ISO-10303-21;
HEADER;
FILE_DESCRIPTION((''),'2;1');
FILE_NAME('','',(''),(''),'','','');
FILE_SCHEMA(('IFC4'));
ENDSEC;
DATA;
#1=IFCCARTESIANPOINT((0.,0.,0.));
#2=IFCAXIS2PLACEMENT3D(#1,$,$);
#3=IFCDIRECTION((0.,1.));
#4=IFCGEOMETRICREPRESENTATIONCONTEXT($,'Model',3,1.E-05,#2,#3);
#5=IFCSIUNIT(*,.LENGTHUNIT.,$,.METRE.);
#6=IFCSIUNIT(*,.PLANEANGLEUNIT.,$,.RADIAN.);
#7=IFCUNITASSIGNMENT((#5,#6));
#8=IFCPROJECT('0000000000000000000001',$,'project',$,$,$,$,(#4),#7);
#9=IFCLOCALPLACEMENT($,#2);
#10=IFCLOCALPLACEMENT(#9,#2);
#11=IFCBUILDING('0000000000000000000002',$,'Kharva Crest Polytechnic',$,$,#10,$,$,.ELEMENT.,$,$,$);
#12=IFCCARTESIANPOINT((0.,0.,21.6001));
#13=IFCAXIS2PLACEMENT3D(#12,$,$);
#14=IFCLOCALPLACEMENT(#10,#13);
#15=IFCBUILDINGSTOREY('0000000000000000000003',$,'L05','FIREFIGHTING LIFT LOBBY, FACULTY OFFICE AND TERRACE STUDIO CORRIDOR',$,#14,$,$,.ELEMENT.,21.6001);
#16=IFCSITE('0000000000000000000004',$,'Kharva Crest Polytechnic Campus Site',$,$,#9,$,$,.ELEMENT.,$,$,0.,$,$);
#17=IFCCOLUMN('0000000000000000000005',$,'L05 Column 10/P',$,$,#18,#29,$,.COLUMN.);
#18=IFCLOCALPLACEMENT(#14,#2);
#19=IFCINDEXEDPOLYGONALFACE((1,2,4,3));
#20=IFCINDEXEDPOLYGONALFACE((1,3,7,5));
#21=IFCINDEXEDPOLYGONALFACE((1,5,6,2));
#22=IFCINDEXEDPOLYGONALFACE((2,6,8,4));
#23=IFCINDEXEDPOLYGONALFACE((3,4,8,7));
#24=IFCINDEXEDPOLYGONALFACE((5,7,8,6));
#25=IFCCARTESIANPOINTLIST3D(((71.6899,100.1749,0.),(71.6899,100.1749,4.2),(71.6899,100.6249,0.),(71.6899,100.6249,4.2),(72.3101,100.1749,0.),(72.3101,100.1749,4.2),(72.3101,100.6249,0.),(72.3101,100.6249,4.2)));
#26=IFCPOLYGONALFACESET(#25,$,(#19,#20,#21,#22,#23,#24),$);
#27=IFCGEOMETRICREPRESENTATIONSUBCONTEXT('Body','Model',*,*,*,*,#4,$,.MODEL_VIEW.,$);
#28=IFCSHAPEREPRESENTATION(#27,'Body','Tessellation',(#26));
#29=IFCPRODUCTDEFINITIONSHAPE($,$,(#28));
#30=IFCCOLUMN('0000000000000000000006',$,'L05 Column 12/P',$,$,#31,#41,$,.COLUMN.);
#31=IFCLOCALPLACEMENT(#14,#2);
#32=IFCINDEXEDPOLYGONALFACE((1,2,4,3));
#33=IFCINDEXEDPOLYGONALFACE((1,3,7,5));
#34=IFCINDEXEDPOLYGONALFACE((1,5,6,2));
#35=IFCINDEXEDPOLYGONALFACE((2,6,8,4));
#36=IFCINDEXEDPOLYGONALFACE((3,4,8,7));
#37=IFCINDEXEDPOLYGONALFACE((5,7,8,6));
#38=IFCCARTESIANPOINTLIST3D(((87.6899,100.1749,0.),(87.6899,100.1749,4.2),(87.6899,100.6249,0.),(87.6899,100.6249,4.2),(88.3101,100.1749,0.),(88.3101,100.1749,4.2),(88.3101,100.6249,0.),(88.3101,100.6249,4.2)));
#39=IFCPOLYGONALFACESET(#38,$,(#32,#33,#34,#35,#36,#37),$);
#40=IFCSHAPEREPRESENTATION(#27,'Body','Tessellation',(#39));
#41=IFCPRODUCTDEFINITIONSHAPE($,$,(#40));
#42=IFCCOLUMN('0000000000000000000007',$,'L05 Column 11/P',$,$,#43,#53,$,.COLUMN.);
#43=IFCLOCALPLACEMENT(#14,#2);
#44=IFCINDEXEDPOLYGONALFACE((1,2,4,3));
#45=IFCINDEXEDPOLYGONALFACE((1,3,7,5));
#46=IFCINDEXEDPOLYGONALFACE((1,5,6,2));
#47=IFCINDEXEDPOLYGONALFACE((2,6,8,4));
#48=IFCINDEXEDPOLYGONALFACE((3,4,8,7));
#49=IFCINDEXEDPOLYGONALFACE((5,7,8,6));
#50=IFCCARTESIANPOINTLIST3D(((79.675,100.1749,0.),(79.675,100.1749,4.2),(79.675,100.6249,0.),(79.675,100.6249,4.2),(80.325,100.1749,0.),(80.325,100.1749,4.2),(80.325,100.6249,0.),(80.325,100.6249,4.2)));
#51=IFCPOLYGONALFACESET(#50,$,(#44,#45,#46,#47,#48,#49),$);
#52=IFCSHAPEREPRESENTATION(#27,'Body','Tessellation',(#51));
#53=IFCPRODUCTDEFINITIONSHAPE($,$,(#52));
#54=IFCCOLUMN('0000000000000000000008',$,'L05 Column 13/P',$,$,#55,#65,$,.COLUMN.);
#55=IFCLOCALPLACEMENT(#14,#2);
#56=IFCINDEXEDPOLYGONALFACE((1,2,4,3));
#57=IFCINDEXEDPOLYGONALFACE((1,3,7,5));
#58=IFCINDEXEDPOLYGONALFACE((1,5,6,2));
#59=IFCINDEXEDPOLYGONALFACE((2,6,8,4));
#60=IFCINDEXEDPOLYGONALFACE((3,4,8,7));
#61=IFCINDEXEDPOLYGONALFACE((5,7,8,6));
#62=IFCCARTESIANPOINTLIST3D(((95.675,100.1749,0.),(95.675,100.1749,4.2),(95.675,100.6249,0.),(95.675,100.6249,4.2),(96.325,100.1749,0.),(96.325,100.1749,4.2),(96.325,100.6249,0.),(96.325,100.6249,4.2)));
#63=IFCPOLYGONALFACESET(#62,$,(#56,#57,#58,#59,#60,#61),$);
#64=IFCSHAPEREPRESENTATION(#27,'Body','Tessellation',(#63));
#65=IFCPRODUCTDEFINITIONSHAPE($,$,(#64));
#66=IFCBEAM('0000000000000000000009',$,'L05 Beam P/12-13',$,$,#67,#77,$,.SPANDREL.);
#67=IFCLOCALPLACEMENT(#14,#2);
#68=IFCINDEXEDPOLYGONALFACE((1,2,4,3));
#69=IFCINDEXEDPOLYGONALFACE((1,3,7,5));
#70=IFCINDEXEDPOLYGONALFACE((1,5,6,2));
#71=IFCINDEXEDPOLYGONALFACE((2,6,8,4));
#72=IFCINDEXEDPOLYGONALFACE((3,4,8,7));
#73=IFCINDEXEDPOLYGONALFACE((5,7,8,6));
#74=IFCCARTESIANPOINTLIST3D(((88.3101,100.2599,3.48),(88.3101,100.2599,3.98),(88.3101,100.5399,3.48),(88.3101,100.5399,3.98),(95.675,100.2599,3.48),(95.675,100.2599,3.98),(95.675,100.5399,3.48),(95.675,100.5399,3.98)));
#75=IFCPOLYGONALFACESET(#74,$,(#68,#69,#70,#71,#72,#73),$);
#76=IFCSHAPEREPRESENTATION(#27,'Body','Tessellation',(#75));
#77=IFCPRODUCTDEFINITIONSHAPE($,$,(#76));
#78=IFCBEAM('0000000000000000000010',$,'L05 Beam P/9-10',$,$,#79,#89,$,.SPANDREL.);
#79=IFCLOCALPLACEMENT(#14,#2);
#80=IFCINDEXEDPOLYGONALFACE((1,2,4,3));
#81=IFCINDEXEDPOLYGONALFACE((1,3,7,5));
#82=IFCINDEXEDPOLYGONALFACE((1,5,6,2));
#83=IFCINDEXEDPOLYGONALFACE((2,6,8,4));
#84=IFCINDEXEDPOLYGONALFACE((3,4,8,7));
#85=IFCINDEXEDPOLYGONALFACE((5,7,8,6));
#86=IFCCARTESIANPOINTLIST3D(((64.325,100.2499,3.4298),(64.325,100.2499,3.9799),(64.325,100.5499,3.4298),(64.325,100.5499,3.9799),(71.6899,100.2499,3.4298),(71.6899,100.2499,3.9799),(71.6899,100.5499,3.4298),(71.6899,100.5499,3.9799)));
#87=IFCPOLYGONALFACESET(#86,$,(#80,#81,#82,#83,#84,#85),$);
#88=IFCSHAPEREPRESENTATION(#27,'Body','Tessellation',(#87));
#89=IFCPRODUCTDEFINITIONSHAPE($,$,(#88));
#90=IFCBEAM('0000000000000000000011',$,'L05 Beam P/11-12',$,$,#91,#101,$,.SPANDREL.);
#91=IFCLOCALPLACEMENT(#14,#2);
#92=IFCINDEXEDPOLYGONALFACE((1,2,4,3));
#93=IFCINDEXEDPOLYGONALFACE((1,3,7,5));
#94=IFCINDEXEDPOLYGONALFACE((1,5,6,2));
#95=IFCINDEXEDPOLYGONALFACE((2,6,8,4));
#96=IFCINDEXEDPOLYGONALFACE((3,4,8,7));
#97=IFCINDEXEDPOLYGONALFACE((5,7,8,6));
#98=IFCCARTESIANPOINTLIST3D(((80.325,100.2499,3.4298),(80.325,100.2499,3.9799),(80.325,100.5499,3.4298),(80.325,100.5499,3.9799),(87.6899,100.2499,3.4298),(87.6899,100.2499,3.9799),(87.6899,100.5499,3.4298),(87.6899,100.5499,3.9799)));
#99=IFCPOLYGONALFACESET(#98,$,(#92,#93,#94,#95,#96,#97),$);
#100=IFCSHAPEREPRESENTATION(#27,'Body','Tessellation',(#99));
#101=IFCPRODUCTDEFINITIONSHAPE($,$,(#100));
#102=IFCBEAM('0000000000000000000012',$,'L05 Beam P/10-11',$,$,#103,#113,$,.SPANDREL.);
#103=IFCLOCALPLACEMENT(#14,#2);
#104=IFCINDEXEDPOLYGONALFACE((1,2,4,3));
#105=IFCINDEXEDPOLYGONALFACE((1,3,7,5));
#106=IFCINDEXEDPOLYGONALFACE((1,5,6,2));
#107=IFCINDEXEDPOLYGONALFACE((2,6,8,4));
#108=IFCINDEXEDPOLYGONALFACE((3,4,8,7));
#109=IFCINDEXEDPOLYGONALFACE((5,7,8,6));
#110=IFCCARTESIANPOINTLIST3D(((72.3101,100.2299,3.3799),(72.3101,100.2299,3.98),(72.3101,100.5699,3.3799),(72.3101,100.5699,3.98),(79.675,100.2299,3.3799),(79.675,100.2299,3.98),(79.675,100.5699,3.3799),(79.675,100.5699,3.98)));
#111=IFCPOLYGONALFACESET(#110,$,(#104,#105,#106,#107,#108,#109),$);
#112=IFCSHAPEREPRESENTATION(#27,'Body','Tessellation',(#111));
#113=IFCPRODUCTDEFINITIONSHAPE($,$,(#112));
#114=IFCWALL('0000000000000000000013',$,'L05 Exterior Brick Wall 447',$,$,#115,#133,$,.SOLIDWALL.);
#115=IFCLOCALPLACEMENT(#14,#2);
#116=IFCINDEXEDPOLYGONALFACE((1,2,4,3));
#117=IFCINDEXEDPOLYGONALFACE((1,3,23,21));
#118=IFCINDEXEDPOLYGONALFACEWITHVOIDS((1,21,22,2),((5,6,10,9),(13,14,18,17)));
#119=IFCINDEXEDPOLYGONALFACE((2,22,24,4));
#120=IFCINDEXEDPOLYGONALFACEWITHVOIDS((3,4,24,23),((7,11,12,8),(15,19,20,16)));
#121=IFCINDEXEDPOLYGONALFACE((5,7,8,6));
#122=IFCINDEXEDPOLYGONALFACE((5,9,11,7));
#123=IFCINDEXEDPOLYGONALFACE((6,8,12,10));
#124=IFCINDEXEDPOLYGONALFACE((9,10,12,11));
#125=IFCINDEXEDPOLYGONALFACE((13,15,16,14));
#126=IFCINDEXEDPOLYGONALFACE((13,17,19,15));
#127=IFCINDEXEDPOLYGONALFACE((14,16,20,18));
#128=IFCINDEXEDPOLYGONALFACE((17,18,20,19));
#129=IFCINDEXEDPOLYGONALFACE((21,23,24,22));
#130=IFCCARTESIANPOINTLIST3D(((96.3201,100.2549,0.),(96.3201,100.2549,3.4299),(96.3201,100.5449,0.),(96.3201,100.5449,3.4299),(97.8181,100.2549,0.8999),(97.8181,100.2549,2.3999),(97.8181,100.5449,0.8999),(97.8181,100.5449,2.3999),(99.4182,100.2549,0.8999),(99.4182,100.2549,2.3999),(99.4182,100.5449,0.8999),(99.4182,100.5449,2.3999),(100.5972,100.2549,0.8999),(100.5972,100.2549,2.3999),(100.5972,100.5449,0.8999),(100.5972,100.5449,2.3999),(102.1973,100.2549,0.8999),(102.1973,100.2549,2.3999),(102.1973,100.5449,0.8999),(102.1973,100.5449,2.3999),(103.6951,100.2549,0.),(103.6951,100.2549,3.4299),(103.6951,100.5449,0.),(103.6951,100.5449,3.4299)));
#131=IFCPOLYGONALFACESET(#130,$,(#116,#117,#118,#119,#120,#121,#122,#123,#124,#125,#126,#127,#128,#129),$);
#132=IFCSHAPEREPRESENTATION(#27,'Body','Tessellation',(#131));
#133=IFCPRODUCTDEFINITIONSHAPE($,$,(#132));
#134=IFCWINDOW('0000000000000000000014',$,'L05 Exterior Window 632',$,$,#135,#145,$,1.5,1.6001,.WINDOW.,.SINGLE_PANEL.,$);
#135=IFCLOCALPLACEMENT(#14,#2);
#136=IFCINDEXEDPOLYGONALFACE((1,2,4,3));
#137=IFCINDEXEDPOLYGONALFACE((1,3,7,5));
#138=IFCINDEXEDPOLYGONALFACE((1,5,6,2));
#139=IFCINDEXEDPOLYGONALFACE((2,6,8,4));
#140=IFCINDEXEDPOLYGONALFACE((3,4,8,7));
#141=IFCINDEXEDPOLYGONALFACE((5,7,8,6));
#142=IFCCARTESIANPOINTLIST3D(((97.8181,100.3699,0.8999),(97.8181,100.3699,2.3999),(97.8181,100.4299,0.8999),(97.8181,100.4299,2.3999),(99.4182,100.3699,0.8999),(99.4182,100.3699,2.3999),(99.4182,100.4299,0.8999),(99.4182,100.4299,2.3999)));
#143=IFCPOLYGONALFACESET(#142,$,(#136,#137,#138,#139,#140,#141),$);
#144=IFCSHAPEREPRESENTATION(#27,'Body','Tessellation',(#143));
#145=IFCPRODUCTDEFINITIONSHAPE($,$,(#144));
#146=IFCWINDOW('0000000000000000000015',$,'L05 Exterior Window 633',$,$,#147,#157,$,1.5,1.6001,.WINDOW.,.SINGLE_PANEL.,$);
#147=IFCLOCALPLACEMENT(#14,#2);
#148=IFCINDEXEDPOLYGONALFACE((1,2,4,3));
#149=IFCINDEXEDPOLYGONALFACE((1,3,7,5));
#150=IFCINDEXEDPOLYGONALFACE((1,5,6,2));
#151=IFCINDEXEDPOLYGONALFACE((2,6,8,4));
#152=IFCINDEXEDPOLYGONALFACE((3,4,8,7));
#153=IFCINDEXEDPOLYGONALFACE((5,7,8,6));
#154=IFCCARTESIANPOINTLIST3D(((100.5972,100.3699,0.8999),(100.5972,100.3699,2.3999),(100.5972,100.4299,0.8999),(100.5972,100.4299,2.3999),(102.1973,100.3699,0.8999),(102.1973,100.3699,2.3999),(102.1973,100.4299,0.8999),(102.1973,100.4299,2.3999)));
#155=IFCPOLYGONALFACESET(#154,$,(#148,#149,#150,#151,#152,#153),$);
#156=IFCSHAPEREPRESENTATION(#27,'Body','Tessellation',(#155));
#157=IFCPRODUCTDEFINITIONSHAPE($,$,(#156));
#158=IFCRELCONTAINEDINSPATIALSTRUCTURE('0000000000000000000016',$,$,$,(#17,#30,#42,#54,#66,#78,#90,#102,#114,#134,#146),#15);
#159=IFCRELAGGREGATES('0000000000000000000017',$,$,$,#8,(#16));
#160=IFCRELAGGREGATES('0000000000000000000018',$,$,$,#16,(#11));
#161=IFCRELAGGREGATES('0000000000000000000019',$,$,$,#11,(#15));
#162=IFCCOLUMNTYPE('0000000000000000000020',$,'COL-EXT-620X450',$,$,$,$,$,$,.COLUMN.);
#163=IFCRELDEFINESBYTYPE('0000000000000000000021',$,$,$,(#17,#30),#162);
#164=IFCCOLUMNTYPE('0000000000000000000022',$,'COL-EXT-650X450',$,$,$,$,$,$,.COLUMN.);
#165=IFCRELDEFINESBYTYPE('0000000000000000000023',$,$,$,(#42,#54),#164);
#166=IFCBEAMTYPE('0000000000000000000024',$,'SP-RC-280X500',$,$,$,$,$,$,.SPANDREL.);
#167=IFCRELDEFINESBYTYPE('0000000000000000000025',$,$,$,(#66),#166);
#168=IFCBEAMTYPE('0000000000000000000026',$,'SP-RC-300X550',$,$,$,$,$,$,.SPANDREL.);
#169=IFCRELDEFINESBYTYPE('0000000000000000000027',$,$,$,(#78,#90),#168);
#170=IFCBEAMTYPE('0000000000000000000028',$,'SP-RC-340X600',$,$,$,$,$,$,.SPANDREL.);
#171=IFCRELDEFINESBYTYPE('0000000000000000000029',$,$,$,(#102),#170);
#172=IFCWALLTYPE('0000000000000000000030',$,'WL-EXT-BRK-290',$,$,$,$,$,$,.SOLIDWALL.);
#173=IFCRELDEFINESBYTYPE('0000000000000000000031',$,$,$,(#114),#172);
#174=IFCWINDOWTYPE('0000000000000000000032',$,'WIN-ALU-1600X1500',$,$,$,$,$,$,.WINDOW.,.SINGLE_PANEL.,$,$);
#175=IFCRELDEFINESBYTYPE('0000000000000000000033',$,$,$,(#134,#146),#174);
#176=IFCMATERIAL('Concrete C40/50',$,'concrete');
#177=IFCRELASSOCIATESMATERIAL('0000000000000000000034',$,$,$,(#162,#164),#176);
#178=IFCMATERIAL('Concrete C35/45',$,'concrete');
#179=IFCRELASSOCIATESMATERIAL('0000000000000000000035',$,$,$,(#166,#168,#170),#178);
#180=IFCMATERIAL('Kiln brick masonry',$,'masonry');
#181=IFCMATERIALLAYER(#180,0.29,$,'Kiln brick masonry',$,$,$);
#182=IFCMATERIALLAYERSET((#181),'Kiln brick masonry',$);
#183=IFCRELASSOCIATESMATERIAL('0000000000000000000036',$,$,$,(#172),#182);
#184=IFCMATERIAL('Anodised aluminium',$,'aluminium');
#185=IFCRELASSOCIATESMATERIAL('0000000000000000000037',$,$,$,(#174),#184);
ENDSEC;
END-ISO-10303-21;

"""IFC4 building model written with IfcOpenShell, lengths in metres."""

from ifc_helpers import new_model, si_unit, direction, frame, frame_2d, origin, origin_2d, place, context, subcontext, project, spatial, rectangle, extrude, material, layer, layer_set, material_profile, profile_set, type_object, element, fill, save


model = new_model("IFC4")

# Units and contexts
model_context = context("Model", 3, precision=1e-05, world=origin(), true_north=direction((0.0, 1.0)))
body_context = subcontext(model_context, "Body", "Model", "MODEL_VIEW")
ifc_project = project(units=[si_unit("LENGTHUNIT", "METRE"), si_unit("PLANEANGLEUNIT", "RADIAN")], contexts=[model_context])

# Site, building, storey
site_placement = place(None, origin())
site = spatial("IfcSite", under=ifc_project, at=site_placement, Name="Kharva Crest Polytechnic Campus Site", CompositionType="ELEMENT", RefElevation=0.0)
building_placement = place(site_placement, origin())
building = spatial("IfcBuilding", under=site, at=building_placement, Name="Kharva Crest Polytechnic", CompositionType="ELEMENT")
storey_placement = place(building_placement, frame((0.0, 0.0, 21.6001)))
storey = spatial("IfcBuildingStorey", under=building, at=storey_placement, Name="L05", Description="FIREFIGHTING LIFT LOBBY, FACULTY OFFICE AND TERRACE STUDIO CORRIDOR", CompositionType="ELEMENT", Elevation=21.6001)

# Columns
ifc_material_1 = material(Name="Concrete C40/50", Category="concrete")
ifc_material_profile_1 = material_profile(ifc_material_1, rectangle(XDim=0.6201, YDim=0.45, at=origin_2d()), Name="RECT 620 X 450")
ifc_profile_set_1 = profile_set([ifc_material_profile_1], Name="Concrete C40/50")
column_type_1 = type_object("IfcColumnType", Name="COL-EXT-620X450", PredefinedType="COLUMN", material=ifc_profile_set_1)
for number, where, z_axis, x_axis, name in (
    (1, (72.0, 100.3999, 0.0), (0.0, 0.0, 1.0), (1.0, 0.0, 0.0), "L05 Column 10/P"),
    (2, (88.0, 100.3999, 0.0), (0.0, 0.0, 1.0), (1.0, 0.0, 0.0), "L05 Column 12/P"),
):
    element("IfcColumn", number, at=place(storey_placement, frame(where, z_axis=z_axis, x_axis=x_axis)), inside=storey, type_object=column_type_1, Name=name, PredefinedType="COLUMN", context=body_context, shape_type="SweptSolid", body=[
        extrude(rectangle(XDim=0.6201, YDim=0.45, at=origin_2d()), origin(), (0.0, 0.0, 1.0), 4.2),
    ])
ifc_material_profile_2 = material_profile(ifc_material_1, rectangle(XDim=0.6499, YDim=0.45, at=origin_2d()), Name="RECT 650 X 450")
ifc_profile_set_2 = profile_set([ifc_material_profile_2], Name="Concrete C40/50")
column_type_2 = type_object("IfcColumnType", Name="COL-EXT-650X450", PredefinedType="COLUMN", material=ifc_profile_set_2)
for number, where, z_axis, x_axis, name in (
    (3, (80.0, 100.3999, 0.0), (0.0, 0.0, 1.0), (1.0, 0.0, 0.0), "L05 Column 11/P"),
    (4, (96.0, 100.3999, 0.0), (0.0, 0.0, 1.0), (1.0, 0.0, 0.0), "L05 Column 13/P"),
):
    element("IfcColumn", number, at=place(storey_placement, frame(where, z_axis=z_axis, x_axis=x_axis)), inside=storey, type_object=column_type_2, Name=name, PredefinedType="COLUMN", context=body_context, shape_type="SweptSolid", body=[
        extrude(rectangle(XDim=0.6499, YDim=0.45, at=origin_2d()), origin(), (0.0, 0.0, 1.0), 4.2),
    ])

# Beams
ifc_material_2 = material(Name="Concrete C35/45", Category="concrete")
ifc_material_profile_3 = material_profile(ifc_material_2, rectangle(XDim=0.28, YDim=0.5, at=origin_2d()), Name="RECT 280 X 500")
ifc_profile_set_3 = profile_set([ifc_material_profile_3], Name="Concrete C35/45")
beam_type_1 = type_object("IfcBeamType", Name="SP-RC-280X500", PredefinedType="SPANDREL", material=ifc_profile_set_3)
beam_1_placement = place(storey_placement, frame((88.3101, 100.3999, 3.73), z_axis=(1.0, 0.0, 0.0), x_axis=(0.0, 1.0, 0.0)))
element("IfcBeam", 5, at=beam_1_placement, inside=storey, type_object=beam_type_1, Name="L05 Beam P/12-13", PredefinedType="SPANDREL", context=body_context, shape_type="SweptSolid", body=[
    extrude(rectangle(XDim=0.28, YDim=0.5, at=origin_2d()), origin(), (0.0, 0.0, 1.0), 7.365),
])
ifc_material_profile_4 = material_profile(ifc_material_2, rectangle(XDim=0.3, YDim=0.55, at=origin_2d()), Name="RECT 300 X 550")
ifc_profile_set_4 = profile_set([ifc_material_profile_4], Name="Concrete C35/45")
beam_type_2 = type_object("IfcBeamType", Name="SP-RC-300X550", PredefinedType="SPANDREL", material=ifc_profile_set_4)
for number, where, z_axis, x_axis, name in (
    (6, (64.325, 100.3999, 3.7048), (1.0, 0.0, 0.0), (0.0, 1.0, 0.0), "L05 Beam P/9-10"),
    (7, (80.325, 100.3999, 3.7048), (1.0, 0.0, 0.0), (0.0, 1.0, 0.0), "L05 Beam P/11-12"),
):
    element("IfcBeam", number, at=place(storey_placement, frame(where, z_axis=z_axis, x_axis=x_axis)), inside=storey, type_object=beam_type_2, Name=name, PredefinedType="SPANDREL", context=body_context, shape_type="SweptSolid", body=[
        extrude(rectangle(XDim=0.3, YDim=0.55, at=origin_2d()), origin(), (0.0, 0.0, 1.0), 7.365),
    ])
ifc_material_profile_5 = material_profile(ifc_material_2, rectangle(XDim=0.3401, YDim=0.6001, at=origin_2d()), Name="RECT 340 X 600")
ifc_profile_set_5 = profile_set([ifc_material_profile_5], Name="Concrete C35/45")
beam_type_3 = type_object("IfcBeamType", Name="SP-RC-340X600", PredefinedType="SPANDREL", material=ifc_profile_set_5)
beam_2_placement = place(storey_placement, frame((72.3101, 100.3999, 3.6799), z_axis=(1.0, 0.0, 0.0), x_axis=(0.0, 1.0, 0.0)))
element("IfcBeam", 8, at=beam_2_placement, inside=storey, type_object=beam_type_3, Name="L05 Beam P/10-11", PredefinedType="SPANDREL", context=body_context, shape_type="SweptSolid", body=[
    extrude(rectangle(XDim=0.3401, YDim=0.6001, at=origin_2d()), origin(), (0.0, 0.0, 1.0), 7.365),
])

# Wall, openings, windows
ifc_material_3 = material(Name="Kiln brick masonry", Category="masonry")
ifc_layer_1 = layer(ifc_material_3, 0.29, Name="Kiln brick masonry")
ifc_layer_set_1 = layer_set([ifc_layer_1], Name="Kiln brick masonry")
wall_type_1 = type_object("IfcWallType", Name="WL-EXT-BRK-290", PredefinedType="SOLIDWALL", material=ifc_layer_set_1)
wall_1_placement = place(storey_placement, frame((96.3201, 100.3999, 0.0), z_axis=(0.0, 0.0, 1.0), x_axis=(1.0, 0.0, 0.0)))
wall_1 = element("IfcWall", 9, at=wall_1_placement, inside=storey, type_object=wall_type_1, Name="L05 Exterior Brick Wall 447", PredefinedType="SOLIDWALL", context=body_context, shape_type="SweptSolid", body=[
    extrude(rectangle(XDim=7.375, YDim=0.29, at=frame_2d((3.6875, 0.0))), origin(), (0.0, 0.0, 1.0), 3.4299),
])
opening_1_placement = place(wall_1_placement, frame((1.498, 0.0, 0.8999)))
opening_1 = element("IfcOpeningElement", 10, at=opening_1_placement, cuts=wall_1, PredefinedType="OPENING", context=body_context, shape_type="SweptSolid", body=[
    extrude(rectangle(XDim=1.6001, YDim=1.5, at=frame_2d((0.8, 0.75))), frame((0.0, 0.155, 0.0), z_axis=(0.0, -1.0, 0.0), x_axis=(1.0, 0.0, 0.0)), (0.0, 0.0, 1.0), 0.3101),
])
opening_2_placement = place(wall_1_placement, frame((4.2771, 0.0, 0.8999)))
opening_2 = element("IfcOpeningElement", 11, at=opening_2_placement, cuts=wall_1, PredefinedType="OPENING", context=body_context, shape_type="SweptSolid", body=[
    extrude(rectangle(XDim=1.6001, YDim=1.5, at=frame_2d((0.8, 0.75))), frame((0.0, 0.155, 0.0), z_axis=(0.0, -1.0, 0.0), x_axis=(1.0, 0.0, 0.0)), (0.0, 0.0, 1.0), 0.3101),
])
ifc_material_4 = material(Name="Anodised aluminium", Category="aluminium")
window_type_1 = type_object("IfcWindowType", Name="WIN-ALU-1600X1500", PartitioningType="SINGLE_PANEL", PredefinedType="WINDOW", material=ifc_material_4)
window_1_placement = place(opening_1_placement, origin())
window_1 = element("IfcWindow", 12, at=window_1_placement, inside=storey, type_object=window_type_1, Name="L05 Exterior Window 632", OverallHeight=1.5, OverallWidth=1.6001, PartitioningType="SINGLE_PANEL", PredefinedType="WINDOW", context=body_context, shape_type="SweptSolid", body=[
    extrude(rectangle(XDim=1.6001, YDim=1.5, at=frame_2d((0.8, 0.75))), frame((0.0, 0.03, 0.0), z_axis=(0.0, -1.0, 0.0), x_axis=(1.0, 0.0, 0.0)), (0.0, 0.0, 1.0), 0.0601),
])
fill(opening_1, window_1)
window_2_placement = place(opening_2_placement, origin())
window_2 = element("IfcWindow", 13, at=window_2_placement, inside=storey, type_object=window_type_1, Name="L05 Exterior Window 633", OverallHeight=1.5, OverallWidth=1.6001, PartitioningType="SINGLE_PANEL", PredefinedType="WINDOW", context=body_context, shape_type="SweptSolid", body=[
    extrude(rectangle(XDim=1.6001, YDim=1.5, at=frame_2d((0.8, 0.75))), frame((0.0, 0.03, 0.0), z_axis=(0.0, -1.0, 0.0), x_axis=(1.0, 0.0, 0.0)), (0.0, 0.0, 1.0), 0.0601),
])
fill(opening_2, window_2)

save(model, "model.ifc")
